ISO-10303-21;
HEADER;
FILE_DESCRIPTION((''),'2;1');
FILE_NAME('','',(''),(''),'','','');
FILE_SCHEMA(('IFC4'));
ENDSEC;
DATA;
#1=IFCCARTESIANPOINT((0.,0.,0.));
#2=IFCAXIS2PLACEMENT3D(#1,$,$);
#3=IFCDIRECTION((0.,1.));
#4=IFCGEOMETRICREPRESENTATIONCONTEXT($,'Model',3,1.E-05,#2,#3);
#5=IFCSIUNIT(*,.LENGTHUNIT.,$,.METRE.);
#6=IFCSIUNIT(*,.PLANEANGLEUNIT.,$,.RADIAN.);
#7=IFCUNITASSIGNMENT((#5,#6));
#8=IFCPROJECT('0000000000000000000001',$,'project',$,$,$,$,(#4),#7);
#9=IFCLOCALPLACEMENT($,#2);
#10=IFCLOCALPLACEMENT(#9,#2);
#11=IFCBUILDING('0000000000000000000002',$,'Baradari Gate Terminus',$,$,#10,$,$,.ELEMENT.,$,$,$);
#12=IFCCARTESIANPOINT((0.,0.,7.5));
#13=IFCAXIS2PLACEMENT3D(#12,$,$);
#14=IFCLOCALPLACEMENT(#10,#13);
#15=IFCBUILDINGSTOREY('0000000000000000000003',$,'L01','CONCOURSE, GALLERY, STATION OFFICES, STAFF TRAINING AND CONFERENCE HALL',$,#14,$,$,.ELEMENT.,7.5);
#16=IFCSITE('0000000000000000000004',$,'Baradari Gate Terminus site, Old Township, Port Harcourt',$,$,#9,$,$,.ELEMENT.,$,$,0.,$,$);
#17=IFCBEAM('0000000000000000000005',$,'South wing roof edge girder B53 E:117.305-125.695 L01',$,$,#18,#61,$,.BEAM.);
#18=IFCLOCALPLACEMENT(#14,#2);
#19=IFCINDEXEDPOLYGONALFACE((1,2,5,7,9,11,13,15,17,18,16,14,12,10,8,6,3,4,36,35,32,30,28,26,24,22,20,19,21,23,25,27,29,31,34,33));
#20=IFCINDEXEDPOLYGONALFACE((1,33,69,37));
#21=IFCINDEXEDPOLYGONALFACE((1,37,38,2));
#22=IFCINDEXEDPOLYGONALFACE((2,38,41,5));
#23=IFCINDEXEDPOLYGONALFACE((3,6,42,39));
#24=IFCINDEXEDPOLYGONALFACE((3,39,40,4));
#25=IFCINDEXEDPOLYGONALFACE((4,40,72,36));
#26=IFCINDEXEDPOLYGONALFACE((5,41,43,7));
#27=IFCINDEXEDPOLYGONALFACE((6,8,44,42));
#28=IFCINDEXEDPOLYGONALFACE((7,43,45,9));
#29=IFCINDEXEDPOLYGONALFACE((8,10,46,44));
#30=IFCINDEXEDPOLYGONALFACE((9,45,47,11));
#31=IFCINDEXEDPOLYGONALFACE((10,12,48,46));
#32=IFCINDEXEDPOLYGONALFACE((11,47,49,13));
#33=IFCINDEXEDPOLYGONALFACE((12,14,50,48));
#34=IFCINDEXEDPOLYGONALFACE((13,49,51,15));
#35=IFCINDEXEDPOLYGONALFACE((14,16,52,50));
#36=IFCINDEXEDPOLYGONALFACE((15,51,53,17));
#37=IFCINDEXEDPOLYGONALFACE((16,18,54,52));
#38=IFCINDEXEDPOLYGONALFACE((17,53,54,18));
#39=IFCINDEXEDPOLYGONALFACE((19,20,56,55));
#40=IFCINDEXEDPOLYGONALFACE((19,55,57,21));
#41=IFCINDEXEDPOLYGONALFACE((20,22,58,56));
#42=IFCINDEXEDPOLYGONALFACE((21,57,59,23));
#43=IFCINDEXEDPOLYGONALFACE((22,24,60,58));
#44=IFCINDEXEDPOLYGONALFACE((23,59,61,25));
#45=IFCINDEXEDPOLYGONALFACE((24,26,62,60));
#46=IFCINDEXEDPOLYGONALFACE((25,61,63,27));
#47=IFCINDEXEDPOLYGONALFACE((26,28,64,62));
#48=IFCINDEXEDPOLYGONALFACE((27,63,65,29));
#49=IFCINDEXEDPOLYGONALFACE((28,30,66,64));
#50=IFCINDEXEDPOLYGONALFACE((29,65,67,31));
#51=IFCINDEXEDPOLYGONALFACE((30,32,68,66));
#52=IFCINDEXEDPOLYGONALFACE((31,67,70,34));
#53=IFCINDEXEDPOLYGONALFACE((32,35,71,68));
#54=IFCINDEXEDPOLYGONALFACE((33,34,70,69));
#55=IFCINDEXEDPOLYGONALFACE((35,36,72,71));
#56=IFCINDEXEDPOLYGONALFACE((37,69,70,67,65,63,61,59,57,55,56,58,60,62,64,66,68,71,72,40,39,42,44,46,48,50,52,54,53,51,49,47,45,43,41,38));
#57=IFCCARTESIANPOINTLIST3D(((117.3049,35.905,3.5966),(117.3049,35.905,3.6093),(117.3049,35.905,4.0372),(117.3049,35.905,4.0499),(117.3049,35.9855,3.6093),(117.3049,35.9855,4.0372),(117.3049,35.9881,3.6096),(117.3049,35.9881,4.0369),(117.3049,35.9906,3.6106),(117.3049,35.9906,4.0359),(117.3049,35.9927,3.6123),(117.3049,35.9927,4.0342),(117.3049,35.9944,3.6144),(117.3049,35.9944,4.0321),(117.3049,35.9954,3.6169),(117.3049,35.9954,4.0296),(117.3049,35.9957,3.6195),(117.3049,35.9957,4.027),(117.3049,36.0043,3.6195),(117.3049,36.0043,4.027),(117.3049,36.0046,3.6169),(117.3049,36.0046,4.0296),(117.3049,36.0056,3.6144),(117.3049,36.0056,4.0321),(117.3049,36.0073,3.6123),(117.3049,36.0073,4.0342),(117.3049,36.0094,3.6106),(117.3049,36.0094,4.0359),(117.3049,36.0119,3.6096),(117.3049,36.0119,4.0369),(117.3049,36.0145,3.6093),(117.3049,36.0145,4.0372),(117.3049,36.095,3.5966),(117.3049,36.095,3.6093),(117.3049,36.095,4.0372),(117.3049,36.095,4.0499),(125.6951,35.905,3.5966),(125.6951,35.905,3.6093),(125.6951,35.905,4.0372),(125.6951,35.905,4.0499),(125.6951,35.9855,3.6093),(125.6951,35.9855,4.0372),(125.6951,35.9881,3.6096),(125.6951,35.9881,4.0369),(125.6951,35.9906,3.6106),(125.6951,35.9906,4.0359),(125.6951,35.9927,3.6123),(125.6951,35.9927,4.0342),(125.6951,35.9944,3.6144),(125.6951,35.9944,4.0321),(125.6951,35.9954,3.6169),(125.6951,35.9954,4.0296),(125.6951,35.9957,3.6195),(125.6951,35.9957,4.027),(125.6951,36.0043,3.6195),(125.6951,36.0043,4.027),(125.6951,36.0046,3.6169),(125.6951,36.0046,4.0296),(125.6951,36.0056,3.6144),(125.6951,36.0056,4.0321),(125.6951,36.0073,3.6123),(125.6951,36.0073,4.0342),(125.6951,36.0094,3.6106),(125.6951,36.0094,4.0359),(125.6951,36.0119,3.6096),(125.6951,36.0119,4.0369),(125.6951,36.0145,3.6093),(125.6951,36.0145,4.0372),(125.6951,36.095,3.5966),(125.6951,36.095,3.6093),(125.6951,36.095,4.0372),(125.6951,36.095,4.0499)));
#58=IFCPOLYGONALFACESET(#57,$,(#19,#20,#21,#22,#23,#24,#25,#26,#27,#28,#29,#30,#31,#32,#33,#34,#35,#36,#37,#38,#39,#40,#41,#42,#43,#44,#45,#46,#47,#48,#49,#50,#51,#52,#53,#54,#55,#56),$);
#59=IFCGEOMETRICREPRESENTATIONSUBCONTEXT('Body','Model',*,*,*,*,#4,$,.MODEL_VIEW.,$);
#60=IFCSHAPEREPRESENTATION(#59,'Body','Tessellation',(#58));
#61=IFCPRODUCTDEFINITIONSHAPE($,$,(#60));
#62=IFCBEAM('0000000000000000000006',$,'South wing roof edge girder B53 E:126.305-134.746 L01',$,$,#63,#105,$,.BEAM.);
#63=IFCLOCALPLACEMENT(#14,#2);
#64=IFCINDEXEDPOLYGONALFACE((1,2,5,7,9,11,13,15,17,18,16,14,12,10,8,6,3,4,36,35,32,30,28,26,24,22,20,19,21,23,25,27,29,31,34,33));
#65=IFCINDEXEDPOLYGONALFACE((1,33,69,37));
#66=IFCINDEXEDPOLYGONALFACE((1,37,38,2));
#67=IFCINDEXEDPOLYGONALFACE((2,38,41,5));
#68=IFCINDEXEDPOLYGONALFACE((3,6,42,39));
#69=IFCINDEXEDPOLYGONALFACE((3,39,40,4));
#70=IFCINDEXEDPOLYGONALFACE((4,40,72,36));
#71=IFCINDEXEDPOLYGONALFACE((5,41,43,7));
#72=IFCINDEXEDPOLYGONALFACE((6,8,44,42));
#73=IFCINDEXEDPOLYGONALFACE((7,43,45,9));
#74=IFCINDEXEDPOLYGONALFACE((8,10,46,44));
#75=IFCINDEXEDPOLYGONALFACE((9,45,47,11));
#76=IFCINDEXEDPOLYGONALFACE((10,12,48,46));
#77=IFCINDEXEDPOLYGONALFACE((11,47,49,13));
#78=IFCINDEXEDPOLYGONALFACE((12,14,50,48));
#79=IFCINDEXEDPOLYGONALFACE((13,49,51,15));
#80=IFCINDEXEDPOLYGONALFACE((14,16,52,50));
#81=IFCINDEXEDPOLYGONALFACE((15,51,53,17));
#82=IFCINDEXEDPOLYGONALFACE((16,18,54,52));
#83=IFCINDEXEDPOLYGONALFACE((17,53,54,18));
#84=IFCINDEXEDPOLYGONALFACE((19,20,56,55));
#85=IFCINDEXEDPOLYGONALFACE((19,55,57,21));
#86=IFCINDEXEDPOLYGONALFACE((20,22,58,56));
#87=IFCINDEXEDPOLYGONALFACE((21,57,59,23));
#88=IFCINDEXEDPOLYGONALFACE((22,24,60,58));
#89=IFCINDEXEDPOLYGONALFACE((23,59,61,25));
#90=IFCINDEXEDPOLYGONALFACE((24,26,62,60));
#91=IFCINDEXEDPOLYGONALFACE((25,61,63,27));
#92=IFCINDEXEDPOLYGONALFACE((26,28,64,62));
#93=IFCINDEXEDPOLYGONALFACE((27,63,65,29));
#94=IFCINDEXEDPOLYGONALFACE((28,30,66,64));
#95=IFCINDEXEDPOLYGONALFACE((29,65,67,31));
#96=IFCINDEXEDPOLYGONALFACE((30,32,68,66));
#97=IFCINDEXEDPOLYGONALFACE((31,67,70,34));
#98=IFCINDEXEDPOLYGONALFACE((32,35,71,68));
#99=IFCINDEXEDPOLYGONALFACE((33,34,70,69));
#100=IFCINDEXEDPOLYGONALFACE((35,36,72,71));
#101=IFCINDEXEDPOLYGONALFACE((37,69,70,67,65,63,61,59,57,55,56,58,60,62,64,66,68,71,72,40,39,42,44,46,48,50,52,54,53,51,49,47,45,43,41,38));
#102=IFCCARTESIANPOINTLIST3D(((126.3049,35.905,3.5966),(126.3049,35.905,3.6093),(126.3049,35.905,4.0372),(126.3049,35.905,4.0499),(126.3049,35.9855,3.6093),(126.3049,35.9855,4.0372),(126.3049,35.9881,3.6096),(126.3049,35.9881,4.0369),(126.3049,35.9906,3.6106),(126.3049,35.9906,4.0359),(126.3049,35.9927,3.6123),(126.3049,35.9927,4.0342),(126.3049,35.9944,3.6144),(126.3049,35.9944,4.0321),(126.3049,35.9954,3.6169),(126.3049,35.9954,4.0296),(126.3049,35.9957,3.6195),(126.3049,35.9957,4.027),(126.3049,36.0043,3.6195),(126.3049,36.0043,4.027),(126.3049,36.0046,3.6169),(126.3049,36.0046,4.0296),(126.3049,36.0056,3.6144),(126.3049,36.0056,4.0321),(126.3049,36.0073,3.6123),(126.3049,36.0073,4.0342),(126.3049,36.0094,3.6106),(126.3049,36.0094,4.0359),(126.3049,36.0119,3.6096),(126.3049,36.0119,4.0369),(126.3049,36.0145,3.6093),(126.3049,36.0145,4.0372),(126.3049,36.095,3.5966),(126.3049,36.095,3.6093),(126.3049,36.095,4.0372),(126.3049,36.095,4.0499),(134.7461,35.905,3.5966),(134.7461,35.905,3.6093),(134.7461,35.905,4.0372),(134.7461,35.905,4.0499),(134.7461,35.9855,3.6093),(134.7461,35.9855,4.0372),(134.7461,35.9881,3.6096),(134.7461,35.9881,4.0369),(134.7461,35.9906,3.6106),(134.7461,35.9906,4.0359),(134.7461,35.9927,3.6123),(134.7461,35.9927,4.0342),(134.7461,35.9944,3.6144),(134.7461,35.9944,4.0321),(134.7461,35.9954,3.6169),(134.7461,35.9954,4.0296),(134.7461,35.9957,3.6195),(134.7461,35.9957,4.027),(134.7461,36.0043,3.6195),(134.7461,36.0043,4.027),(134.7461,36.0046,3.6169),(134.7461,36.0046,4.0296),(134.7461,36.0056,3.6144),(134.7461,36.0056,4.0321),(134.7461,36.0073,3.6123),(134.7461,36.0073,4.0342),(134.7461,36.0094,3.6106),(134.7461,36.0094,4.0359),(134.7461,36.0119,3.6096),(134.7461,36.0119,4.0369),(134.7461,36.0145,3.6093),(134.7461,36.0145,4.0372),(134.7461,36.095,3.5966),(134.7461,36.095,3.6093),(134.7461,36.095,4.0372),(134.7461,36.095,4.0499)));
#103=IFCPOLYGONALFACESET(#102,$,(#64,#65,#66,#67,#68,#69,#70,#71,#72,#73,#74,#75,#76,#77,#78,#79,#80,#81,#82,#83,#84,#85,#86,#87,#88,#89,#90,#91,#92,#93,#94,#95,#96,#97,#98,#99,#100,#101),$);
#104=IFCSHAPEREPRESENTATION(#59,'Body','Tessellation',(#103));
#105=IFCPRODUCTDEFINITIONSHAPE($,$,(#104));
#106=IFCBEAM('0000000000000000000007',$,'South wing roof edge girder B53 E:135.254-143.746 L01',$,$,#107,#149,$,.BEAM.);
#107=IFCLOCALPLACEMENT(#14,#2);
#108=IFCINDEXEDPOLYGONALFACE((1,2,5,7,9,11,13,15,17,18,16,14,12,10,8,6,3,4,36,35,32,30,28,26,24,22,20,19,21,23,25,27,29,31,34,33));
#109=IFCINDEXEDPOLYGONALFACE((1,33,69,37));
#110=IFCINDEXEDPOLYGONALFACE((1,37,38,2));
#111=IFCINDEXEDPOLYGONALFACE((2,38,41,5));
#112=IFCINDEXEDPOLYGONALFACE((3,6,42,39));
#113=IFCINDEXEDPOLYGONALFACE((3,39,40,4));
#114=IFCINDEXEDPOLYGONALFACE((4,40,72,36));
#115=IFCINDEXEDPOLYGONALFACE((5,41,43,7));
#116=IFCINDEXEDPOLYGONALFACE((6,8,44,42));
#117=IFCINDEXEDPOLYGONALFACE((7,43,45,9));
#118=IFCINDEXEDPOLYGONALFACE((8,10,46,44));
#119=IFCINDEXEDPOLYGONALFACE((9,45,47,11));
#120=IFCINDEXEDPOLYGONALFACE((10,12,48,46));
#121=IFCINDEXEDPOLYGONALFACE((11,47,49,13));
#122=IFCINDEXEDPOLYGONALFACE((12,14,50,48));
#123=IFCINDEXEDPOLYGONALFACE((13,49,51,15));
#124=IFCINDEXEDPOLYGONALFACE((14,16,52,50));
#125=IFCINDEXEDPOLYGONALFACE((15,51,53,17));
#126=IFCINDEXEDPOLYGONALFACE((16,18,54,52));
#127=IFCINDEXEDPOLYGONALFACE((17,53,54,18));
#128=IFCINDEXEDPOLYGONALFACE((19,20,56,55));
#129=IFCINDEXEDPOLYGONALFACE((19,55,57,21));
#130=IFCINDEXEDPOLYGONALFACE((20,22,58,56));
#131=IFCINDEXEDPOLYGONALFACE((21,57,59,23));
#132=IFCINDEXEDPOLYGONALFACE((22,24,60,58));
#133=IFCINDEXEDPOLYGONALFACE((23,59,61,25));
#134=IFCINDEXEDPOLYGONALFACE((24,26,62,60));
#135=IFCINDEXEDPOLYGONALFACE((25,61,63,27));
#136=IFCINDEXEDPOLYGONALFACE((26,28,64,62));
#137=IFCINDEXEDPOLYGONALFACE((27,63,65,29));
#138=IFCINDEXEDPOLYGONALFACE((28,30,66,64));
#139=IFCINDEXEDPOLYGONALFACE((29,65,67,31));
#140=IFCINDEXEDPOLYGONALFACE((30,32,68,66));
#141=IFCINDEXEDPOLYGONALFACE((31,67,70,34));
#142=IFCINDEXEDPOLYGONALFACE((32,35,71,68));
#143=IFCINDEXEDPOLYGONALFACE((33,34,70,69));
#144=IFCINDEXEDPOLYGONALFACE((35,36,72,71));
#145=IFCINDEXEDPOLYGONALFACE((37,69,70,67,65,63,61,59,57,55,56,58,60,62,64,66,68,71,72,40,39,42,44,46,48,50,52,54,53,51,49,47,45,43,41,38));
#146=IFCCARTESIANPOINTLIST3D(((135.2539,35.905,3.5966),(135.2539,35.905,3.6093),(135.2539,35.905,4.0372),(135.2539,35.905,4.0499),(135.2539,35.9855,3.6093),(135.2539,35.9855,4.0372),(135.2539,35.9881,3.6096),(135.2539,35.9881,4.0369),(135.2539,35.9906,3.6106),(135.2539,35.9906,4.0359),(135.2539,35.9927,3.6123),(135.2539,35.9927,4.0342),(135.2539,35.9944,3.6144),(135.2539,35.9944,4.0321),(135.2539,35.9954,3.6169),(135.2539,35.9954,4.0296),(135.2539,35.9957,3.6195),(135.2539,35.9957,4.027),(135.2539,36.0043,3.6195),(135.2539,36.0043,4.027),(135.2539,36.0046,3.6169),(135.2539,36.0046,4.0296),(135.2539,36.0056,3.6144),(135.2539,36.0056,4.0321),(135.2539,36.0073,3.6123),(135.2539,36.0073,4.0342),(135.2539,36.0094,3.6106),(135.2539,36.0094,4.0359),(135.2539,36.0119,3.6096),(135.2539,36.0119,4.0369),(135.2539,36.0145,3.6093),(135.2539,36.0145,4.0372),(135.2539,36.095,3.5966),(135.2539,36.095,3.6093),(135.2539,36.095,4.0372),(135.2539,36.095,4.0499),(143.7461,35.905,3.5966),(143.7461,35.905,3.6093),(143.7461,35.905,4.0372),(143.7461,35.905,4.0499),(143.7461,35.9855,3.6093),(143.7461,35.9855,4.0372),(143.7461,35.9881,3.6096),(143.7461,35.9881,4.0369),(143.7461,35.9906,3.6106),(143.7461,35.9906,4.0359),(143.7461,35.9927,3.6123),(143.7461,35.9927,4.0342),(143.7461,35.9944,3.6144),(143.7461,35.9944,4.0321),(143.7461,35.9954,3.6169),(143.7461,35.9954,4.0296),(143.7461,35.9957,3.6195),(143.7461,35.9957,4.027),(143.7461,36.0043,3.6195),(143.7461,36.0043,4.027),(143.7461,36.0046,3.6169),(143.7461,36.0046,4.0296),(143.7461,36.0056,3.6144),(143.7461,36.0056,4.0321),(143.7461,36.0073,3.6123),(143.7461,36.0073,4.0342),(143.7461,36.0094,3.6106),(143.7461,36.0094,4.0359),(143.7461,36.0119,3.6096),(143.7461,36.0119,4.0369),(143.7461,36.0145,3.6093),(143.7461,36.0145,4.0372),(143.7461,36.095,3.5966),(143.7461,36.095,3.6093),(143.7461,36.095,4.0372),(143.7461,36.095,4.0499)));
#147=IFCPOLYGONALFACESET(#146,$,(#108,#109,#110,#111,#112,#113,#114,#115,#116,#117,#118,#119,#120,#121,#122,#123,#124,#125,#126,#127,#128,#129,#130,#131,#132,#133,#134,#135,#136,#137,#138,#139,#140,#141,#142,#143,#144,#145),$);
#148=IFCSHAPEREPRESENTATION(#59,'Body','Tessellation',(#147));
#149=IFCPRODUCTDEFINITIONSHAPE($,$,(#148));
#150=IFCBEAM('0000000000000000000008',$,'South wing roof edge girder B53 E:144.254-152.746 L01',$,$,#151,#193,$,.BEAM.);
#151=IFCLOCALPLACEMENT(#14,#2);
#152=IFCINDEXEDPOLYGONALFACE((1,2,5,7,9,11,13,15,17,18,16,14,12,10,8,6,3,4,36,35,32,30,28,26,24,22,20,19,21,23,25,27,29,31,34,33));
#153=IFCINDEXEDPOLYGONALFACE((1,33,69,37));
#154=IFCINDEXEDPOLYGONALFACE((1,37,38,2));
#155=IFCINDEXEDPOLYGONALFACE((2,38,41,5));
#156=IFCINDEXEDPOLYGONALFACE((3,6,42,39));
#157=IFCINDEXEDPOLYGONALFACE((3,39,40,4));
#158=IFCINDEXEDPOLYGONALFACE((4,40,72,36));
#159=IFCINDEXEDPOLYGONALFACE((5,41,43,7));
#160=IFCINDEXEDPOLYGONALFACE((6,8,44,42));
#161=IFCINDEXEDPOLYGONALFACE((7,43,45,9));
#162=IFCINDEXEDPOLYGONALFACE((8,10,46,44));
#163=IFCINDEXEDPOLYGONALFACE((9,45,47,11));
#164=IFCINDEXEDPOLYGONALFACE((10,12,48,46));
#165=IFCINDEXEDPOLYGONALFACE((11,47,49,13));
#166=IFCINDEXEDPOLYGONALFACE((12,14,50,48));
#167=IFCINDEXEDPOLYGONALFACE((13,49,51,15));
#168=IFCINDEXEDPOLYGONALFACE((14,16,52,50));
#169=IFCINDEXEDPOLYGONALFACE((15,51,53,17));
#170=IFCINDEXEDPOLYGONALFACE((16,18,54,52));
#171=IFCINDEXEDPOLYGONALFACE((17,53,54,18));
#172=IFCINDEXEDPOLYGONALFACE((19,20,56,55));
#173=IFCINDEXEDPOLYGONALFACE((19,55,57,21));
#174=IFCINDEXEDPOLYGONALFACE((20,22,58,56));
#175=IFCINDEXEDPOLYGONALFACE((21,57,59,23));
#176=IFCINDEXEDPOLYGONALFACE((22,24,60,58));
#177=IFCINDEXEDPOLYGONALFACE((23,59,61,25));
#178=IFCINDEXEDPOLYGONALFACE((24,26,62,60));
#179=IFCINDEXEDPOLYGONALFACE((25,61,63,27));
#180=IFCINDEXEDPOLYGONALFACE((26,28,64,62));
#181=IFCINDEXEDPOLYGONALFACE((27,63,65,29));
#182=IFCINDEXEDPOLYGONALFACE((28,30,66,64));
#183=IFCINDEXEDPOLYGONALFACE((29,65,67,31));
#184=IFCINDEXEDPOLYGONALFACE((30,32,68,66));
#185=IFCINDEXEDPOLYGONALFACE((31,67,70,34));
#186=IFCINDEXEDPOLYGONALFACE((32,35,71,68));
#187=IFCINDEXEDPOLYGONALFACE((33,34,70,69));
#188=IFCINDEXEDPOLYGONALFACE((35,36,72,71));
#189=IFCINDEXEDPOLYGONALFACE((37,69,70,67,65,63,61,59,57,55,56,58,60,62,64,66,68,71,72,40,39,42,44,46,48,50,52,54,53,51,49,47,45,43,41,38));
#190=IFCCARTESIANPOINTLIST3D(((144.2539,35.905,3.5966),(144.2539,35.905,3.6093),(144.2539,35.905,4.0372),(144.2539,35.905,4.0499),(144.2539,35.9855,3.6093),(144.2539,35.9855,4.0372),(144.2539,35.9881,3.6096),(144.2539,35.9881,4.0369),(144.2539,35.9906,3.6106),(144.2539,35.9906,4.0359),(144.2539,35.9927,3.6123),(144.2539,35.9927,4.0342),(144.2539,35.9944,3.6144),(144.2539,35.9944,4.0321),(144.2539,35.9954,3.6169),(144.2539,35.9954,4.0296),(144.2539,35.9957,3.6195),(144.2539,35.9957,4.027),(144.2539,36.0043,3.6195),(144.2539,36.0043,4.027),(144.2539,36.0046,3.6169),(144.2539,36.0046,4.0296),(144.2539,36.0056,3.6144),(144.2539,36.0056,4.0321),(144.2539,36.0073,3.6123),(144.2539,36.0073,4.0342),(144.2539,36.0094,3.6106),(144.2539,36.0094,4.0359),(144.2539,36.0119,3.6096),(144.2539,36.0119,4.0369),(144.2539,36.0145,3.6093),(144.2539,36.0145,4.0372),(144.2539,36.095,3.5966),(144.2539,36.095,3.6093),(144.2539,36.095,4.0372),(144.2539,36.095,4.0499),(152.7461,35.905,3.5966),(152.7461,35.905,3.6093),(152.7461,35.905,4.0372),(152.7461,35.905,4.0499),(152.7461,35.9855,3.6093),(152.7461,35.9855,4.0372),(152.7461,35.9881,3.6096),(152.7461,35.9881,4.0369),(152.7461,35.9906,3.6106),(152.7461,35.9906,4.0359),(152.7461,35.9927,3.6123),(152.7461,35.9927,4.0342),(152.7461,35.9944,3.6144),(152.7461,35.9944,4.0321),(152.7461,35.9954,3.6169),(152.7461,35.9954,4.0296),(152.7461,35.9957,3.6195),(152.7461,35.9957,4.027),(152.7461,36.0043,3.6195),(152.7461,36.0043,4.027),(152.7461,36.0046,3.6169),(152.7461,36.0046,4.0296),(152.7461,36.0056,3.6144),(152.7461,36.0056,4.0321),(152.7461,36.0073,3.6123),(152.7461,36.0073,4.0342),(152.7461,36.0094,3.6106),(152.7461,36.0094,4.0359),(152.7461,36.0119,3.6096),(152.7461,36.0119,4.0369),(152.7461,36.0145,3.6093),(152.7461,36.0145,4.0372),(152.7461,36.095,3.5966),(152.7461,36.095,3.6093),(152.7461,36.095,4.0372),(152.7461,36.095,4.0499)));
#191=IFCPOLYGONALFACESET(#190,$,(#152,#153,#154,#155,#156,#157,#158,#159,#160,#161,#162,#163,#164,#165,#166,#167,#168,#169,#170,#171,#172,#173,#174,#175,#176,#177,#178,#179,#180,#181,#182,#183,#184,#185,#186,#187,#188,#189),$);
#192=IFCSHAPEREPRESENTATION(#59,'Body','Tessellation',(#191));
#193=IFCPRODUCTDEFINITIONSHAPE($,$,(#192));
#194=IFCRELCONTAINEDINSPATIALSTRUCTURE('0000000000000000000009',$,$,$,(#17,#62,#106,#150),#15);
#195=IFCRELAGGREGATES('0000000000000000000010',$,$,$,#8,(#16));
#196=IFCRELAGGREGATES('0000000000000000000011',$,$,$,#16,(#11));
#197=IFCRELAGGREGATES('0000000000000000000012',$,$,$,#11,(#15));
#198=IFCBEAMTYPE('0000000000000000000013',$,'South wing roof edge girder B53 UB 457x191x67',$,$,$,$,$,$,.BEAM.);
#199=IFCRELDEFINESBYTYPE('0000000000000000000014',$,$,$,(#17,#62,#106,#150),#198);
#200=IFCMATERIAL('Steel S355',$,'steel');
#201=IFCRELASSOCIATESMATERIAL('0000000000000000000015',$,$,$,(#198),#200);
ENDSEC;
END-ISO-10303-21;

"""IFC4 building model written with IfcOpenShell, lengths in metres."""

from ifc_helpers import new_model, si_unit, direction, frame, origin, origin_2d, place, context, subcontext, project, spatial, i_section, extrude, material, material_profile, profile_set, type_object, element, save


model = new_model("IFC4")

# Units and contexts
model_context = context("Model", 3, precision=1e-05, world=origin(), true_north=direction((0.0, 1.0)))
body_context = subcontext(model_context, "Body", "Model", "MODEL_VIEW")
ifc_project = project(units=[si_unit("LENGTHUNIT", "METRE"), si_unit("PLANEANGLEUNIT", "RADIAN")], contexts=[model_context])

# Site, building, storey
site_placement = place(None, origin())
site = spatial("IfcSite", under=ifc_project, at=site_placement, Name="Baradari Gate Terminus site, Old Township, Port Harcourt", CompositionType="ELEMENT", RefElevation=0.0)
building_placement = place(site_placement, origin())
building = spatial("IfcBuilding", under=site, at=building_placement, Name="Baradari Gate Terminus", CompositionType="ELEMENT")
storey_placement = place(building_placement, frame((0.0, 0.0, 7.5)))
storey = spatial("IfcBuildingStorey", under=building, at=storey_placement, Name="L01", Description="CONCOURSE, GALLERY, STATION OFFICES, STAFF TRAINING AND CONFERENCE HALL", CompositionType="ELEMENT", Elevation=7.5)

# Beams
ifc_material_1 = material(Name="Steel S355", Category="steel")
ifc_material_profile_1 = material_profile(ifc_material_1, i_section(OverallWidth=0.1899, OverallDepth=0.4534, WebThickness=0.0085, FlangeThickness=0.0127, FilletRadius=0.0103, at=origin_2d()), Name="UB 457x191x67")
ifc_profile_set_1 = profile_set([ifc_material_profile_1], Name="Steel S355")
beam_type_1 = type_object("IfcBeamType", Name="South wing roof edge girder B53 UB 457x191x67", PredefinedType="BEAM", material=ifc_profile_set_1)
beam_1_placement = place(storey_placement, frame((117.3049, 36.0, 3.8232), z_axis=(1.0, 0.0, 0.0), x_axis=(0.0, 1.0, 0.0)))
element("IfcBeam", 1, at=beam_1_placement, inside=storey, type_object=beam_type_1, Name="South wing roof edge girder B53 E:117.305-125.695 L01", PredefinedType="BEAM", context=body_context, shape_type="SweptSolid", body=[
    extrude(i_section(OverallWidth=0.1899, OverallDepth=0.4534, WebThickness=0.0085, FlangeThickness=0.0127, FilletRadius=0.0103, at=origin_2d()), origin(), (0.0, 0.0, 1.0), 8.3901),
])
beam_2_placement = place(storey_placement, frame((126.3049, 36.0, 3.8232), z_axis=(1.0, 0.0, 0.0), x_axis=(0.0, 1.0, 0.0)))
element("IfcBeam", 2, at=beam_2_placement, inside=storey, type_object=beam_type_1, Name="South wing roof edge girder B53 E:126.305-134.746 L01", PredefinedType="BEAM", context=body_context, shape_type="SweptSolid", body=[
    extrude(i_section(OverallWidth=0.1899, OverallDepth=0.4534, WebThickness=0.0085, FlangeThickness=0.0127, FilletRadius=0.0103, at=origin_2d()), origin(), (0.0, 0.0, 1.0), 8.4412),
])
for number, where, z_axis, x_axis, name in (
    (3, (135.2539, 36.0, 3.8232), (1.0, 0.0, 0.0), (0.0, 1.0, 0.0), "South wing roof edge girder B53 E:135.254-143.746 L01"),
    (4, (144.2539, 36.0, 3.8232), (1.0, 0.0, 0.0), (0.0, 1.0, 0.0), "South wing roof edge girder B53 E:144.254-152.746 L01"),
):
    element("IfcBeam", number, at=place(storey_placement, frame(where, z_axis=z_axis, x_axis=x_axis)), inside=storey, type_object=beam_type_1, Name=name, PredefinedType="BEAM", context=body_context, shape_type="SweptSolid", body=[
        extrude(i_section(OverallWidth=0.1899, OverallDepth=0.4534, WebThickness=0.0085, FlangeThickness=0.0127, FilletRadius=0.0103, at=origin_2d()), origin(), (0.0, 0.0, 1.0), 8.4922),
    ])

save(model, "model.ifc")
